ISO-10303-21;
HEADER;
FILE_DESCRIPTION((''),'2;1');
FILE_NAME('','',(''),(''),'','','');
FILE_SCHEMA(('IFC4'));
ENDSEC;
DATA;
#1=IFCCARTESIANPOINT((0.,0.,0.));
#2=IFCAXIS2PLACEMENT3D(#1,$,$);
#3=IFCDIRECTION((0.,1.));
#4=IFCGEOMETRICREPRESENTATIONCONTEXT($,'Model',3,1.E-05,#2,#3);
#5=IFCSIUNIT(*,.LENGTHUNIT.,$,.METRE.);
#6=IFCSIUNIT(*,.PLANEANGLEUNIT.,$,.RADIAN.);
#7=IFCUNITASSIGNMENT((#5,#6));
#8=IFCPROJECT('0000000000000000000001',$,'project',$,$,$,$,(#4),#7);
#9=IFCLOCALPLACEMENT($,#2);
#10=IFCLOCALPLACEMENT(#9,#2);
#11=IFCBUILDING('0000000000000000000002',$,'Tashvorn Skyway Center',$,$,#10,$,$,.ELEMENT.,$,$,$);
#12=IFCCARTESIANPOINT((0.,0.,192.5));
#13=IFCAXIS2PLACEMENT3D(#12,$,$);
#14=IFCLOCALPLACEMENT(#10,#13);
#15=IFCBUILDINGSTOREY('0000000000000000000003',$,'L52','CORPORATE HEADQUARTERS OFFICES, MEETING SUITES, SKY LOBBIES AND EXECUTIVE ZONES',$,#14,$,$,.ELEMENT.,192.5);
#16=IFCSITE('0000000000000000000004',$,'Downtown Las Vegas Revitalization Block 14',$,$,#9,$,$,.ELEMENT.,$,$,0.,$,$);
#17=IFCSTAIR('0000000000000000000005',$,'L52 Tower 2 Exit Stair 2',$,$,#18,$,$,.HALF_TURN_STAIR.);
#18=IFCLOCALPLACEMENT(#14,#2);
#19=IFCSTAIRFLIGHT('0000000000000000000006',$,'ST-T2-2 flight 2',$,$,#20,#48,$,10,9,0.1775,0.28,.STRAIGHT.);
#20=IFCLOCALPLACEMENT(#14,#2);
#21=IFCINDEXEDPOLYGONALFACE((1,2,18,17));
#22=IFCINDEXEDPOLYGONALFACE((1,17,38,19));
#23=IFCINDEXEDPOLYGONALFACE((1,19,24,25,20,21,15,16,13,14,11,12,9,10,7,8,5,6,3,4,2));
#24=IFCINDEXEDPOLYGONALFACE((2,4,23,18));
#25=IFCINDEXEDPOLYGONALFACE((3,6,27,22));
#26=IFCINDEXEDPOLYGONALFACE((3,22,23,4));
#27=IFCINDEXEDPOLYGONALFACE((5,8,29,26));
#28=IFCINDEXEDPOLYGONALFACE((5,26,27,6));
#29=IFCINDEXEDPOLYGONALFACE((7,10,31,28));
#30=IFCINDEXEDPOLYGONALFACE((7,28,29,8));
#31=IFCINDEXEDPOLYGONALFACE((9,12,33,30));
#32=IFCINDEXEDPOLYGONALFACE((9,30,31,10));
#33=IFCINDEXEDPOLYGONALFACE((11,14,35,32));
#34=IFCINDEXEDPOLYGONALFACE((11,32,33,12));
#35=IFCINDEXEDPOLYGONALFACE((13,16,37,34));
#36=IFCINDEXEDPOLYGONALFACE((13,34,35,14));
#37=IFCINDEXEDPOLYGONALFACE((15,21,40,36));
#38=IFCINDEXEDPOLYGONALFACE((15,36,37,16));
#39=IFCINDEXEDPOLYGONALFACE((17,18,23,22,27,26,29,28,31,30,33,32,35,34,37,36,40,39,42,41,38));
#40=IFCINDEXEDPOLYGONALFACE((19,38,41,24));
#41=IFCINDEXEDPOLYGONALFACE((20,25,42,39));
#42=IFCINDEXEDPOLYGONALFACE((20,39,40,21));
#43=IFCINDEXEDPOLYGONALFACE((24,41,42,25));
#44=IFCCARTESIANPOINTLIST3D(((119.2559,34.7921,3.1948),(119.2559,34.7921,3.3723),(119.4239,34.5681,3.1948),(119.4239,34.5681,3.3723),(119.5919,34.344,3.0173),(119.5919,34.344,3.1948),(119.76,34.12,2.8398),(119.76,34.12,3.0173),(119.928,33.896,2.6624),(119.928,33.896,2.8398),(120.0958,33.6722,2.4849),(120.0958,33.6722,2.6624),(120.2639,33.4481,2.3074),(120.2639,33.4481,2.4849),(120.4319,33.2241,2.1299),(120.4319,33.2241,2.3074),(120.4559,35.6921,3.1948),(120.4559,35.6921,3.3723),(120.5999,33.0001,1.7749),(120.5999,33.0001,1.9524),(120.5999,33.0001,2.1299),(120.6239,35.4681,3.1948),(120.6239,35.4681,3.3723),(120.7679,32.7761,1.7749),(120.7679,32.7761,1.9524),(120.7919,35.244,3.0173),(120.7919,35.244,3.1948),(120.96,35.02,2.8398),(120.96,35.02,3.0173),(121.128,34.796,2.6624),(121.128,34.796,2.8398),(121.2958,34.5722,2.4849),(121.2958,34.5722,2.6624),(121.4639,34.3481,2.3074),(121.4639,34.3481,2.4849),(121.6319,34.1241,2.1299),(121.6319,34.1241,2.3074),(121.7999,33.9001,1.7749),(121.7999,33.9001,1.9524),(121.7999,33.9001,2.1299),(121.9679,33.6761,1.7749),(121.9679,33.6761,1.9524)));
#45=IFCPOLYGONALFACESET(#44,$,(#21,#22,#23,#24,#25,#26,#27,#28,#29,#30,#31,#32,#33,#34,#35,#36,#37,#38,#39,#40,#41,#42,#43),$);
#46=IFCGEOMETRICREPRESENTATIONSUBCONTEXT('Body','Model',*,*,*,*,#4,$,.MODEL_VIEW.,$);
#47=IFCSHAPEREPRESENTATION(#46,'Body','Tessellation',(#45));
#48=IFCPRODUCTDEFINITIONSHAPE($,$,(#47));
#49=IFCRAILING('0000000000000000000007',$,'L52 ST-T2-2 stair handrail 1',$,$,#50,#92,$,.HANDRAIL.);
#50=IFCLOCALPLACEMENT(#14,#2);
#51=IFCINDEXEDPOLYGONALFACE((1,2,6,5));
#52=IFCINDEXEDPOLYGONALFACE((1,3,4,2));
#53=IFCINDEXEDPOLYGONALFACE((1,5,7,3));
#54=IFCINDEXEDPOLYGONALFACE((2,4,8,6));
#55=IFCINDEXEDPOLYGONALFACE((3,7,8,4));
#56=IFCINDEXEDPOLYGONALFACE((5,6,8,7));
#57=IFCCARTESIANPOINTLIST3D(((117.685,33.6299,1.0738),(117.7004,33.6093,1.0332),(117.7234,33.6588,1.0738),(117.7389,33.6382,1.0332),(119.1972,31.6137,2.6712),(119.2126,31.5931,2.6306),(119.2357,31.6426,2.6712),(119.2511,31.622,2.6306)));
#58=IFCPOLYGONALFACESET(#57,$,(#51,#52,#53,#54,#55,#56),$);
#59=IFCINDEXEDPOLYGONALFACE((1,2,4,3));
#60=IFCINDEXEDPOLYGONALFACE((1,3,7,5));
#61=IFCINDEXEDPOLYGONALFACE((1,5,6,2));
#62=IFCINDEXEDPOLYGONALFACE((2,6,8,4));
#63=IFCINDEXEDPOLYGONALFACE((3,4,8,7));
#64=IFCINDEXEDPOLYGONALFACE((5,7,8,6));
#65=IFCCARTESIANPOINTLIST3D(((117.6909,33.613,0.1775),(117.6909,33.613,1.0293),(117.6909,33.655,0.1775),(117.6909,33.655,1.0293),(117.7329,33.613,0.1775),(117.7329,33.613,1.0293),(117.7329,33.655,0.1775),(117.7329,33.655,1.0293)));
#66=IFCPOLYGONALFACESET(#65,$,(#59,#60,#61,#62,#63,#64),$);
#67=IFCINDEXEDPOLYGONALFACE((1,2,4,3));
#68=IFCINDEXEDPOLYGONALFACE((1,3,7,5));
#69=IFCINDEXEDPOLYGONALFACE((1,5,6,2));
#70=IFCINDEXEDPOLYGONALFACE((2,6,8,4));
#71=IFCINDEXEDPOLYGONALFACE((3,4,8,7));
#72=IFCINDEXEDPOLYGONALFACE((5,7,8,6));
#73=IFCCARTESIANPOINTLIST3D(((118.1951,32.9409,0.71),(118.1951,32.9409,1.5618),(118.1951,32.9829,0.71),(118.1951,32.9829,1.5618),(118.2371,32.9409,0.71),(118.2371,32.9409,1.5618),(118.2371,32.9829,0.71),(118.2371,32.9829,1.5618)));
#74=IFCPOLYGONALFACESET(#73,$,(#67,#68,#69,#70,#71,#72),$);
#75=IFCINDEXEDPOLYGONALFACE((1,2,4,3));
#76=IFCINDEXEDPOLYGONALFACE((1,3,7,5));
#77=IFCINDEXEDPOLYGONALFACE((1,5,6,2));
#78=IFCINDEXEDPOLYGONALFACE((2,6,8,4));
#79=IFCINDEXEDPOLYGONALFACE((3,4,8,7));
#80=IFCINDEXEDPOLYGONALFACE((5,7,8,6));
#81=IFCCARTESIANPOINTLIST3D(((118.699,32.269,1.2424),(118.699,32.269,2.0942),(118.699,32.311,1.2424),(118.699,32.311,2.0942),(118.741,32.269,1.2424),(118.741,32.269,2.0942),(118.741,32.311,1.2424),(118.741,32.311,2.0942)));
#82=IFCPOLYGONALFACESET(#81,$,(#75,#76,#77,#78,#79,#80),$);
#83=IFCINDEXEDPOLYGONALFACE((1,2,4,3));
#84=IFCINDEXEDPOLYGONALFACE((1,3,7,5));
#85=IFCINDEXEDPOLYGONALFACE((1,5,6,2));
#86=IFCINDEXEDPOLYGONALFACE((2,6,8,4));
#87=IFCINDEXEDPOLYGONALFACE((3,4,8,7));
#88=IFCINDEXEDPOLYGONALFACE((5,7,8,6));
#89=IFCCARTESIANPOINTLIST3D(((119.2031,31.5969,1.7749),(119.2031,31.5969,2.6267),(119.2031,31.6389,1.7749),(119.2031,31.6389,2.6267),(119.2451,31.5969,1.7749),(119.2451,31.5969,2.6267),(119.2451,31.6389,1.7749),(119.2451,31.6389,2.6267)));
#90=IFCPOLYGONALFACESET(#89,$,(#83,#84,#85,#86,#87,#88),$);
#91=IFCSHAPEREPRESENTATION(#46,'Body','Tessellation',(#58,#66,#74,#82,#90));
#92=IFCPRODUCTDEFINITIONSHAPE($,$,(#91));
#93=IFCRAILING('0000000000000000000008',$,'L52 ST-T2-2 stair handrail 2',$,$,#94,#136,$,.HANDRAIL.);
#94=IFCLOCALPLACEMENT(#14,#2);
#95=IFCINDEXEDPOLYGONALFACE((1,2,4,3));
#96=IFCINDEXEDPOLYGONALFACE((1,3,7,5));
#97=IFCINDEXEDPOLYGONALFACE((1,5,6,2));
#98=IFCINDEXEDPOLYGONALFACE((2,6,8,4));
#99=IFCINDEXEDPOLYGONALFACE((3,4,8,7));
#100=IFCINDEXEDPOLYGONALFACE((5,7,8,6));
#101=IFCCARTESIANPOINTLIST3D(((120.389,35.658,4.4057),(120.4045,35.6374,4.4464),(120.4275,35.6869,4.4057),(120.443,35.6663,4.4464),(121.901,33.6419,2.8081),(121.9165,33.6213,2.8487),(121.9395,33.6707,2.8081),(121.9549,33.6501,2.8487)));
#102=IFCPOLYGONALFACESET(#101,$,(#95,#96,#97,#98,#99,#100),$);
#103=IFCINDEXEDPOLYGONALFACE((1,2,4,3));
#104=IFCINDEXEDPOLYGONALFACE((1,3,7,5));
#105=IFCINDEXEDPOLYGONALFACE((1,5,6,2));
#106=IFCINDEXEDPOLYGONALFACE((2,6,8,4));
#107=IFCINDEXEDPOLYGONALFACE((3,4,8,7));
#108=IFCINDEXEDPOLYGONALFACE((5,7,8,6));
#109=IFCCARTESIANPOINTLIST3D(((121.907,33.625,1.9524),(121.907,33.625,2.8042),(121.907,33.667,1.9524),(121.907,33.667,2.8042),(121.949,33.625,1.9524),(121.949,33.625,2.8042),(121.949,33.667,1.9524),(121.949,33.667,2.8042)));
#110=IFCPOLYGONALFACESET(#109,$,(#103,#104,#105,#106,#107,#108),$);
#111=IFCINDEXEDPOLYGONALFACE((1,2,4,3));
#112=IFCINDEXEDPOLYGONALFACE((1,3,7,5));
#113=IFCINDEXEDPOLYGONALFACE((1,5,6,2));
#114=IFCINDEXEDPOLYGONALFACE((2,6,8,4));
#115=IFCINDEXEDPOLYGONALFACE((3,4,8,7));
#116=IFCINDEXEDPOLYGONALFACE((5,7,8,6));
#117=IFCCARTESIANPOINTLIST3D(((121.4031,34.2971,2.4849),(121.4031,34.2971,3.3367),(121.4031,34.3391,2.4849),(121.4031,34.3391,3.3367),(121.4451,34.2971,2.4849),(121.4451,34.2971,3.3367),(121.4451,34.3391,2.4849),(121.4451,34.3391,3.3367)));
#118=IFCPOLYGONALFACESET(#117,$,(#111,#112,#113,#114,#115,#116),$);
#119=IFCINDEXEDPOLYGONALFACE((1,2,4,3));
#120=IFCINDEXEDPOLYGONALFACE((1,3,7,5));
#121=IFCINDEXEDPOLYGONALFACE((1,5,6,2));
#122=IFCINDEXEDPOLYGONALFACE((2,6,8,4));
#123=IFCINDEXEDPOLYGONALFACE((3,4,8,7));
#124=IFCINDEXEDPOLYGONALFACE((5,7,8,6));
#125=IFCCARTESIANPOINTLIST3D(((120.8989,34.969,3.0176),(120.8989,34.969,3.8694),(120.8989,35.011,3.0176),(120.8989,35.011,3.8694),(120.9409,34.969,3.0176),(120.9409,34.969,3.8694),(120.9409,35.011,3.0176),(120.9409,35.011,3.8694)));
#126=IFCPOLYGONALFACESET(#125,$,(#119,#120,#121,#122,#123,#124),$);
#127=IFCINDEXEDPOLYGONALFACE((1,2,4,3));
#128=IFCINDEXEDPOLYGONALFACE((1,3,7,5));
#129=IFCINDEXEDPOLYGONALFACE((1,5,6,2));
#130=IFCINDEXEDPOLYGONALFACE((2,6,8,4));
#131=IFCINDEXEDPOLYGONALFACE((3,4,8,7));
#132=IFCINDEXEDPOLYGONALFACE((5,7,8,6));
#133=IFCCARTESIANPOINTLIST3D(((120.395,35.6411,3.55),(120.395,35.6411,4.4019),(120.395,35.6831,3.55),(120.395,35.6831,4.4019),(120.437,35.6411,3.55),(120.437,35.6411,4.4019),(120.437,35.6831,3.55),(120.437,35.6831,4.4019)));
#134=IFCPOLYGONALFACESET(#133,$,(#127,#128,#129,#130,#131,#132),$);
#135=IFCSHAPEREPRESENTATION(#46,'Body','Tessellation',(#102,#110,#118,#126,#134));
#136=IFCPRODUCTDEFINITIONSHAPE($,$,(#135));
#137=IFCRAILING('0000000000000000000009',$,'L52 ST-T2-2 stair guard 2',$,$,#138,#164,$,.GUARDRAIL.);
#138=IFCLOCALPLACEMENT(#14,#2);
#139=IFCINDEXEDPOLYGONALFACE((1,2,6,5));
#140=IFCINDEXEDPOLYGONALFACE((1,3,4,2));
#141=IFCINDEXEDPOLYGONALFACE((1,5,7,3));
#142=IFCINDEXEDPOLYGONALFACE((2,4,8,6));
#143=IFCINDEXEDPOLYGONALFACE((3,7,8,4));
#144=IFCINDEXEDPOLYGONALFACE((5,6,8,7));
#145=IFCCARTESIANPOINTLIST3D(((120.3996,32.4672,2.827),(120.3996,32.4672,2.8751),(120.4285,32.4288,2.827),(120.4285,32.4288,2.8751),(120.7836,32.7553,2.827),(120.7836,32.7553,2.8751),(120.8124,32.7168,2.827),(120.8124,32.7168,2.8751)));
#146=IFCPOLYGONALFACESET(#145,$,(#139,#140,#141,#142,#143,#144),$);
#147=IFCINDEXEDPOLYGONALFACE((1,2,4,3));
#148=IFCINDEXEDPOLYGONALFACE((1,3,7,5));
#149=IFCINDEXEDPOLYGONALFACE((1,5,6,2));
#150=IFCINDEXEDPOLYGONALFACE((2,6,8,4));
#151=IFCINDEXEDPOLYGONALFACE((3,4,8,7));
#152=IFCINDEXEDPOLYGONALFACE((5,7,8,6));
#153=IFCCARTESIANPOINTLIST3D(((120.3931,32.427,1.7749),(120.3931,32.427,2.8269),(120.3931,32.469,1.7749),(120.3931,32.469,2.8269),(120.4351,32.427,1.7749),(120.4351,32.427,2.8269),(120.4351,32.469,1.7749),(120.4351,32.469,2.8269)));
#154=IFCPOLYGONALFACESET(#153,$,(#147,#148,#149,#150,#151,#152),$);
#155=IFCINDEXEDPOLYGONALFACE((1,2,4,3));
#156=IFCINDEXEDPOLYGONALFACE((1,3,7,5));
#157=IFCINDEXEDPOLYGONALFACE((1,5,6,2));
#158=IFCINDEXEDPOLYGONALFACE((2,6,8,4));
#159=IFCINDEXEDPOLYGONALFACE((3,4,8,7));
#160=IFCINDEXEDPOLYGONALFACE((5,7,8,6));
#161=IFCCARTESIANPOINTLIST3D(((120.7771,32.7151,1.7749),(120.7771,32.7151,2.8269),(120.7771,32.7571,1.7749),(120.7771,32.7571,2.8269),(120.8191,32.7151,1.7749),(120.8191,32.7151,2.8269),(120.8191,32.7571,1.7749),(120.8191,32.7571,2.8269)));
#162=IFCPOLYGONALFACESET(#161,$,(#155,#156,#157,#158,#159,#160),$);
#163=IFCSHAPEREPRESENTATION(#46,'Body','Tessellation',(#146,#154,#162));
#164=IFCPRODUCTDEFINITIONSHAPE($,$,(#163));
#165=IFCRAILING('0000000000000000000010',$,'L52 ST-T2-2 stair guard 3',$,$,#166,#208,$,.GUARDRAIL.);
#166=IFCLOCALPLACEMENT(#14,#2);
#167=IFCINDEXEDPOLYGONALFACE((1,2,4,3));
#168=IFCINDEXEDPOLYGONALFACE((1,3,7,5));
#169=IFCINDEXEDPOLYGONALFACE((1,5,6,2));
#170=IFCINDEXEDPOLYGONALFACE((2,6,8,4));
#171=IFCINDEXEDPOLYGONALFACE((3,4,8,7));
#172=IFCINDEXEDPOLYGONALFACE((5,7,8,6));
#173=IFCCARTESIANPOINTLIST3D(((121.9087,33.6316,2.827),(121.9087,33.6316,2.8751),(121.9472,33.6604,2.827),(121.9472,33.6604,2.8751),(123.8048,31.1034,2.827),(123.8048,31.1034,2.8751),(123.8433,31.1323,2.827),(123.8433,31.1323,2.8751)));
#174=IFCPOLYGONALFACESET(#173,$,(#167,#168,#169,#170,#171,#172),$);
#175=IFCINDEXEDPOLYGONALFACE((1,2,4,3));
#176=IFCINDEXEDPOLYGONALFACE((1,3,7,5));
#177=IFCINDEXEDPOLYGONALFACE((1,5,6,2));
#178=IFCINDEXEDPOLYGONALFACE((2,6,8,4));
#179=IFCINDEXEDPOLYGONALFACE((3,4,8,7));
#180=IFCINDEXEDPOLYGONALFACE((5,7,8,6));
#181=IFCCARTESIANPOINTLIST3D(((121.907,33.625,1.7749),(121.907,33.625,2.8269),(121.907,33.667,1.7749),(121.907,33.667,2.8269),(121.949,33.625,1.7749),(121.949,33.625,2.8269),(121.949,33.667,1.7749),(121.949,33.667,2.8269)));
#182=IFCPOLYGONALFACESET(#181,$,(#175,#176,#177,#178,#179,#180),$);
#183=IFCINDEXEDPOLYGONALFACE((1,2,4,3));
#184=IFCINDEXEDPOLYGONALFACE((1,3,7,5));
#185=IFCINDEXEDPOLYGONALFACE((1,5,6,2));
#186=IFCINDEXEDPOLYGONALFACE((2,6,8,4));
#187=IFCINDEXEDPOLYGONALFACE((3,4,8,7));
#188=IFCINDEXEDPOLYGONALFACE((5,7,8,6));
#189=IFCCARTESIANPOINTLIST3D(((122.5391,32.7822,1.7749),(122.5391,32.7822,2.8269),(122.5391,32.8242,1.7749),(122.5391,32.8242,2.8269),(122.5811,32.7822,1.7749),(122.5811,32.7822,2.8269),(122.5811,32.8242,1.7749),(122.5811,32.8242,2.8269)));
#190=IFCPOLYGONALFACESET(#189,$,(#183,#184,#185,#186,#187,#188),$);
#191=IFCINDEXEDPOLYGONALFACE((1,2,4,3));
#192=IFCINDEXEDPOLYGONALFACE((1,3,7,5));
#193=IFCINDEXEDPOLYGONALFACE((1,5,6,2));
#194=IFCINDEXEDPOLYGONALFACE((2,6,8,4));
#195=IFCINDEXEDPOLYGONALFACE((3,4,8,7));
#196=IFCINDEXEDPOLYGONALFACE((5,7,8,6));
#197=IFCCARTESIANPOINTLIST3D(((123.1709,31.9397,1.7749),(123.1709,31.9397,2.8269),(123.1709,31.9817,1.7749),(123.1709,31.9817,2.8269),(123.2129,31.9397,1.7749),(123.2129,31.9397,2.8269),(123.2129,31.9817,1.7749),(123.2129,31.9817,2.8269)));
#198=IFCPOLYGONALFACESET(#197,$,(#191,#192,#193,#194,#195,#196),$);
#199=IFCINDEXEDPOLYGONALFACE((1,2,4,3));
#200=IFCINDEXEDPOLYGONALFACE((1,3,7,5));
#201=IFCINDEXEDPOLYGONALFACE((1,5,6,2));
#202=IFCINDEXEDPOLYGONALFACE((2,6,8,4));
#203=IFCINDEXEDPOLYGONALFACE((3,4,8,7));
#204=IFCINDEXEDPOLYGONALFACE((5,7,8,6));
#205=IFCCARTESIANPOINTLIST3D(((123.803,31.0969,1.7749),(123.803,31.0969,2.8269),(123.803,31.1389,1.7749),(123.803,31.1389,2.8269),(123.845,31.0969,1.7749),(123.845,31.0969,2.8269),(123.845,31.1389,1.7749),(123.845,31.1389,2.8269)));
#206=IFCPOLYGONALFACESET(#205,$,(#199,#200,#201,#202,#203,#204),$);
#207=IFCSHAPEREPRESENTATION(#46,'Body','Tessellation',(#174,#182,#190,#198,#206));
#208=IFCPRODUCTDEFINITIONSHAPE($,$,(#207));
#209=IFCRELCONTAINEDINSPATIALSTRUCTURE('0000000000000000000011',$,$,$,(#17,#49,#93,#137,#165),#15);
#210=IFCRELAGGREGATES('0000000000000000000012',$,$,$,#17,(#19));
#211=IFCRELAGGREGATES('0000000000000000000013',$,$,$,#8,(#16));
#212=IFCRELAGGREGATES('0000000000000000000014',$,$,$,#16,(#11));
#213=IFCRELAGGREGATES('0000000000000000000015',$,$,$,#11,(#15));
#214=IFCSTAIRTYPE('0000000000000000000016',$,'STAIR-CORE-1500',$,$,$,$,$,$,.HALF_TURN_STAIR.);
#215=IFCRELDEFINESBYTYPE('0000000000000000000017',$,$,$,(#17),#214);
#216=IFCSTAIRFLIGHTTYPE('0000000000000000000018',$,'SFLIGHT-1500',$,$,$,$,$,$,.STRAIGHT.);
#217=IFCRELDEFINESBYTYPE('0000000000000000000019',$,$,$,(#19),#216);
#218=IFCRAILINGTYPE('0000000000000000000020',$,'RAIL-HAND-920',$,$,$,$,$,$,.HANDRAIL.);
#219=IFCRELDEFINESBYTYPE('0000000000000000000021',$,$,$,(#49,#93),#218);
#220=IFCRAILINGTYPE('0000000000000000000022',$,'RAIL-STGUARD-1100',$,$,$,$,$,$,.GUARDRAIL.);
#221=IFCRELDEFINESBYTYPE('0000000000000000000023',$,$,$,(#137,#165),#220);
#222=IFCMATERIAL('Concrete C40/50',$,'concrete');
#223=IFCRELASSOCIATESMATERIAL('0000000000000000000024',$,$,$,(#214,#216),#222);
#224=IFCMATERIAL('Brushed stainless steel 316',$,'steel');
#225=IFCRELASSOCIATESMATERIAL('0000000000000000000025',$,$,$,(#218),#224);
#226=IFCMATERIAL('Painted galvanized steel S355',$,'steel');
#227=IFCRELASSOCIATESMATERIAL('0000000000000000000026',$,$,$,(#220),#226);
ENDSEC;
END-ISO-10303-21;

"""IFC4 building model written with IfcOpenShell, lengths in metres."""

from ifc_helpers import new_model, si_unit, direction, frame, origin, origin_2d, place, context, subcontext, project, spatial, polyline, rectangle, outline, extrude, material, type_object, element, aggregate, save


model = new_model("IFC4")

# Units and contexts
model_context = context("Model", 3, precision=1e-05, world=origin(), true_north=direction((0.0, 1.0)))
body_context = subcontext(model_context, "Body", "Model", "MODEL_VIEW")
ifc_project = project(units=[si_unit("LENGTHUNIT", "METRE"), si_unit("PLANEANGLEUNIT", "RADIAN")], contexts=[model_context])

# Site, building, storey
site_placement = place(None, origin())
site = spatial("IfcSite", under=ifc_project, at=site_placement, Name="Downtown Las Vegas Revitalization Block 14", CompositionType="ELEMENT", RefElevation=0.0)
building_placement = place(site_placement, origin())
building = spatial("IfcBuilding", under=site, at=building_placement, Name="Tashvorn Skyway Center", CompositionType="ELEMENT")
storey_placement = place(building_placement, frame((0.0, 0.0, 192.5)))
storey = spatial("IfcBuildingStorey", under=building, at=storey_placement, Name="L52", Description="CORPORATE HEADQUARTERS OFFICES, MEETING SUITES, SKY LOBBIES AND EXECUTIVE ZONES", CompositionType="ELEMENT", Elevation=192.5)

# Shared definitions
ifc_material_1 = material(Name="Concrete C40/50", Category="concrete")

# Stair, stair flight
stair_type = type_object("IfcStairType", Name="STAIR-CORE-1500", PredefinedType="HALF_TURN_STAIR", material=ifc_material_1)
stair_placement = place(storey_placement, origin())
stair = element("IfcStair", 1, at=stair_placement, inside=storey, type_object=stair_type, Name="L52 Tower 2 Exit Stair 2", PredefinedType="HALF_TURN_STAIR")
stair_flight_type = type_object("IfcStairFlightType", Name="SFLIGHT-1500", PredefinedType="STRAIGHT", material=ifc_material_1)
stair_flight_1_placement = place(storey_placement, frame((121.3679, 33.2261, 1.7749), z_axis=(0.0, 0.0, 1.0), x_axis=(-0.6, 0.8, 0.0)))
stair_flight_1 = element("IfcStairFlight", 2, at=stair_flight_1_placement, type_object=stair_flight_type, Name="ST-T2-2 flight 2", NumberOfRisers=10, NumberOfTreads=9, PredefinedType="STRAIGHT", RiserHeight=0.1775, TreadLength=0.28, context=body_context, shape_type="SweptSolid", body=[
    extrude(outline(polyline([(0.0, 0.0), (0.0, 0.1775), (0.28, 0.1775), (0.28, 0.355), (0.5601, 0.355), (0.5601, 0.5325), (0.8401, 0.5325), (0.8401, 0.71), (1.1201, 0.71), (1.1201, 0.8875), (1.3999, 0.8875), (1.3999, 1.0649), (1.6799, 1.0649), (1.6799, 1.2424), (1.96, 1.2424), (1.96, 1.4199), (2.24, 1.4199), (2.24, 1.5974), (2.52, 1.5974), (2.52, 1.7749), (2.52, 1.4199), (0.28, 0.0), (0.0, 0.0)])), frame((0.0, 0.75, 0.0), z_axis=(0.0, -1.0, 0.0), x_axis=(1.0, 0.0, 0.0)), (0.0, 0.0, 1.0), 1.5),
])
aggregate(stair, [stair_flight_1])

# Railings
ifc_material_2 = material(Name="Brushed stainless steel 316", Category="steel")
railing_type_1 = type_object("IfcRailingType", Name="RAIL-HAND-920", PredefinedType="HANDRAIL", material=ifc_material_2)
railing_1_placement = place(storey_placement, frame((117.7119, 33.634, 0.1775)))
element("IfcRailing", 3, at=railing_1_placement, inside=storey, type_object=railing_type_1, Name="L52 ST-T2-2 stair handrail 1", PredefinedType="HANDRAIL", context=body_context, shape_type="SweptSolid", body=[
    extrude(rectangle(XDim=0.0481, YDim=0.0481, at=origin_2d()), frame((0.0, 0.0, 0.876), z_axis=(0.506802, -0.675681, 0.535357), x_axis=(0.799977, 0.600031, 0.0)), (0.0, 0.0, 1.0), 2.9839),
    extrude(rectangle(XDim=0.042, YDim=0.042, at=origin_2d()), origin(), (0.0, 0.0, 1.0), 0.8518),
    extrude(rectangle(XDim=0.042, YDim=0.042, at=origin_2d()), frame((0.5042, -0.6721, 0.5325)), (0.0, 0.0, 1.0), 0.8518),
    extrude(rectangle(XDim=0.042, YDim=0.042, at=origin_2d()), frame((1.0081, -1.344, 1.0649)), (0.0, 0.0, 1.0), 0.8518),
    extrude(rectangle(XDim=0.042, YDim=0.042, at=origin_2d()), frame((1.5122, -2.0161, 1.5974)), (0.0, 0.0, 1.0), 0.8518),
])
railing_2_placement = place(storey_placement, frame((121.928, 33.646, 1.9524)))
element("IfcRailing", 4, at=railing_2_placement, inside=storey, type_object=railing_type_1, Name="L52 ST-T2-2 stair handrail 2", PredefinedType="HANDRAIL", context=body_context, shape_type="SweptSolid", body=[
    extrude(rectangle(XDim=0.0481, YDim=0.0481, at=origin_2d()), frame((0.0, 0.0, 0.876), z_axis=(-0.506719, 0.675679, 0.535438), x_axis=(-0.800023, -0.599969, 0.0)), (0.0, 0.0, 1.0), 2.9839),
    extrude(rectangle(XDim=0.042, YDim=0.042, at=origin_2d()), origin(), (0.0, 0.0, 1.0), 0.8518),
    extrude(rectangle(XDim=0.042, YDim=0.042, at=origin_2d()), frame((-0.5039, 0.6721, 0.5325)), (0.0, 0.0, 1.0), 0.8518),
    extrude(rectangle(XDim=0.042, YDim=0.042, at=origin_2d()), frame((-1.0081, 1.344, 1.0652)), (0.0, 0.0, 1.0), 0.8518),
    extrude(rectangle(XDim=0.042, YDim=0.042, at=origin_2d()), frame((-1.512, 2.0161, 1.5977)), (0.0, 0.0, 1.0), 0.8518),
])
ifc_material_3 = material(Name="Painted galvanized steel S355", Category="steel")
railing_type_2 = type_object("IfcRailingType", Name="RAIL-STGUARD-1100", PredefinedType="GUARDRAIL", material=ifc_material_3)
railing_3_placement = place(storey_placement, frame((120.4141, 32.448, 1.7749)))
element("IfcRailing", 5, at=railing_3_placement, inside=storey, type_object=railing_type_2, Name="L52 ST-T2-2 stair guard 2", PredefinedType="GUARDRAIL", context=body_context, shape_type="SweptSolid", body=[
    extrude(rectangle(XDim=0.0481, YDim=0.0481, at=origin_2d()), frame((0.0, 0.0, 1.0762), z_axis=(0.799939, 0.600081, 0.0), x_axis=(-0.600081, 0.799939, 0.0)), (0.0, 0.0, 1.0), 0.48),
    extrude(rectangle(XDim=0.042, YDim=0.042, at=origin_2d()), origin(), (0.0, 0.0, 1.0), 1.052),
    extrude(rectangle(XDim=0.042, YDim=0.042, at=origin_2d()), frame((0.384, 0.2881, 0.0)), (0.0, 0.0, 1.0), 1.052),
])
railing_4_placement = place(storey_placement, frame((121.928, 33.646, 1.7749)))
element("IfcRailing", 6, at=railing_4_placement, inside=storey, type_object=railing_type_2, Name="L52 ST-T2-2 stair guard 3", PredefinedType="GUARDRAIL", context=body_context, shape_type="SweptSolid", body=[
    extrude(rectangle(XDim=0.0481, YDim=0.0481, at=origin_2d()), frame((0.0, 0.0, 1.0762), z_axis=(0.599988, -0.800009, 0.0), x_axis=(0.800009, 0.599988, 0.0)), (0.0, 0.0, 1.0), 3.1602),
    extrude(rectangle(XDim=0.042, YDim=0.042, at=origin_2d()), origin(), (0.0, 0.0, 1.0), 1.052),
    extrude(rectangle(XDim=0.042, YDim=0.042, at=origin_2d()), frame((0.6321, -0.8428, 0.0)), (0.0, 0.0, 1.0), 1.052),
    extrude(rectangle(XDim=0.042, YDim=0.042, at=origin_2d()), frame((1.2639, -1.6853, 0.0)), (0.0, 0.0, 1.0), 1.052),
    extrude(rectangle(XDim=0.042, YDim=0.042, at=origin_2d()), frame((1.896, -2.5281, 0.0)), (0.0, 0.0, 1.0), 1.052),
])

save(model, "model.ifc")
